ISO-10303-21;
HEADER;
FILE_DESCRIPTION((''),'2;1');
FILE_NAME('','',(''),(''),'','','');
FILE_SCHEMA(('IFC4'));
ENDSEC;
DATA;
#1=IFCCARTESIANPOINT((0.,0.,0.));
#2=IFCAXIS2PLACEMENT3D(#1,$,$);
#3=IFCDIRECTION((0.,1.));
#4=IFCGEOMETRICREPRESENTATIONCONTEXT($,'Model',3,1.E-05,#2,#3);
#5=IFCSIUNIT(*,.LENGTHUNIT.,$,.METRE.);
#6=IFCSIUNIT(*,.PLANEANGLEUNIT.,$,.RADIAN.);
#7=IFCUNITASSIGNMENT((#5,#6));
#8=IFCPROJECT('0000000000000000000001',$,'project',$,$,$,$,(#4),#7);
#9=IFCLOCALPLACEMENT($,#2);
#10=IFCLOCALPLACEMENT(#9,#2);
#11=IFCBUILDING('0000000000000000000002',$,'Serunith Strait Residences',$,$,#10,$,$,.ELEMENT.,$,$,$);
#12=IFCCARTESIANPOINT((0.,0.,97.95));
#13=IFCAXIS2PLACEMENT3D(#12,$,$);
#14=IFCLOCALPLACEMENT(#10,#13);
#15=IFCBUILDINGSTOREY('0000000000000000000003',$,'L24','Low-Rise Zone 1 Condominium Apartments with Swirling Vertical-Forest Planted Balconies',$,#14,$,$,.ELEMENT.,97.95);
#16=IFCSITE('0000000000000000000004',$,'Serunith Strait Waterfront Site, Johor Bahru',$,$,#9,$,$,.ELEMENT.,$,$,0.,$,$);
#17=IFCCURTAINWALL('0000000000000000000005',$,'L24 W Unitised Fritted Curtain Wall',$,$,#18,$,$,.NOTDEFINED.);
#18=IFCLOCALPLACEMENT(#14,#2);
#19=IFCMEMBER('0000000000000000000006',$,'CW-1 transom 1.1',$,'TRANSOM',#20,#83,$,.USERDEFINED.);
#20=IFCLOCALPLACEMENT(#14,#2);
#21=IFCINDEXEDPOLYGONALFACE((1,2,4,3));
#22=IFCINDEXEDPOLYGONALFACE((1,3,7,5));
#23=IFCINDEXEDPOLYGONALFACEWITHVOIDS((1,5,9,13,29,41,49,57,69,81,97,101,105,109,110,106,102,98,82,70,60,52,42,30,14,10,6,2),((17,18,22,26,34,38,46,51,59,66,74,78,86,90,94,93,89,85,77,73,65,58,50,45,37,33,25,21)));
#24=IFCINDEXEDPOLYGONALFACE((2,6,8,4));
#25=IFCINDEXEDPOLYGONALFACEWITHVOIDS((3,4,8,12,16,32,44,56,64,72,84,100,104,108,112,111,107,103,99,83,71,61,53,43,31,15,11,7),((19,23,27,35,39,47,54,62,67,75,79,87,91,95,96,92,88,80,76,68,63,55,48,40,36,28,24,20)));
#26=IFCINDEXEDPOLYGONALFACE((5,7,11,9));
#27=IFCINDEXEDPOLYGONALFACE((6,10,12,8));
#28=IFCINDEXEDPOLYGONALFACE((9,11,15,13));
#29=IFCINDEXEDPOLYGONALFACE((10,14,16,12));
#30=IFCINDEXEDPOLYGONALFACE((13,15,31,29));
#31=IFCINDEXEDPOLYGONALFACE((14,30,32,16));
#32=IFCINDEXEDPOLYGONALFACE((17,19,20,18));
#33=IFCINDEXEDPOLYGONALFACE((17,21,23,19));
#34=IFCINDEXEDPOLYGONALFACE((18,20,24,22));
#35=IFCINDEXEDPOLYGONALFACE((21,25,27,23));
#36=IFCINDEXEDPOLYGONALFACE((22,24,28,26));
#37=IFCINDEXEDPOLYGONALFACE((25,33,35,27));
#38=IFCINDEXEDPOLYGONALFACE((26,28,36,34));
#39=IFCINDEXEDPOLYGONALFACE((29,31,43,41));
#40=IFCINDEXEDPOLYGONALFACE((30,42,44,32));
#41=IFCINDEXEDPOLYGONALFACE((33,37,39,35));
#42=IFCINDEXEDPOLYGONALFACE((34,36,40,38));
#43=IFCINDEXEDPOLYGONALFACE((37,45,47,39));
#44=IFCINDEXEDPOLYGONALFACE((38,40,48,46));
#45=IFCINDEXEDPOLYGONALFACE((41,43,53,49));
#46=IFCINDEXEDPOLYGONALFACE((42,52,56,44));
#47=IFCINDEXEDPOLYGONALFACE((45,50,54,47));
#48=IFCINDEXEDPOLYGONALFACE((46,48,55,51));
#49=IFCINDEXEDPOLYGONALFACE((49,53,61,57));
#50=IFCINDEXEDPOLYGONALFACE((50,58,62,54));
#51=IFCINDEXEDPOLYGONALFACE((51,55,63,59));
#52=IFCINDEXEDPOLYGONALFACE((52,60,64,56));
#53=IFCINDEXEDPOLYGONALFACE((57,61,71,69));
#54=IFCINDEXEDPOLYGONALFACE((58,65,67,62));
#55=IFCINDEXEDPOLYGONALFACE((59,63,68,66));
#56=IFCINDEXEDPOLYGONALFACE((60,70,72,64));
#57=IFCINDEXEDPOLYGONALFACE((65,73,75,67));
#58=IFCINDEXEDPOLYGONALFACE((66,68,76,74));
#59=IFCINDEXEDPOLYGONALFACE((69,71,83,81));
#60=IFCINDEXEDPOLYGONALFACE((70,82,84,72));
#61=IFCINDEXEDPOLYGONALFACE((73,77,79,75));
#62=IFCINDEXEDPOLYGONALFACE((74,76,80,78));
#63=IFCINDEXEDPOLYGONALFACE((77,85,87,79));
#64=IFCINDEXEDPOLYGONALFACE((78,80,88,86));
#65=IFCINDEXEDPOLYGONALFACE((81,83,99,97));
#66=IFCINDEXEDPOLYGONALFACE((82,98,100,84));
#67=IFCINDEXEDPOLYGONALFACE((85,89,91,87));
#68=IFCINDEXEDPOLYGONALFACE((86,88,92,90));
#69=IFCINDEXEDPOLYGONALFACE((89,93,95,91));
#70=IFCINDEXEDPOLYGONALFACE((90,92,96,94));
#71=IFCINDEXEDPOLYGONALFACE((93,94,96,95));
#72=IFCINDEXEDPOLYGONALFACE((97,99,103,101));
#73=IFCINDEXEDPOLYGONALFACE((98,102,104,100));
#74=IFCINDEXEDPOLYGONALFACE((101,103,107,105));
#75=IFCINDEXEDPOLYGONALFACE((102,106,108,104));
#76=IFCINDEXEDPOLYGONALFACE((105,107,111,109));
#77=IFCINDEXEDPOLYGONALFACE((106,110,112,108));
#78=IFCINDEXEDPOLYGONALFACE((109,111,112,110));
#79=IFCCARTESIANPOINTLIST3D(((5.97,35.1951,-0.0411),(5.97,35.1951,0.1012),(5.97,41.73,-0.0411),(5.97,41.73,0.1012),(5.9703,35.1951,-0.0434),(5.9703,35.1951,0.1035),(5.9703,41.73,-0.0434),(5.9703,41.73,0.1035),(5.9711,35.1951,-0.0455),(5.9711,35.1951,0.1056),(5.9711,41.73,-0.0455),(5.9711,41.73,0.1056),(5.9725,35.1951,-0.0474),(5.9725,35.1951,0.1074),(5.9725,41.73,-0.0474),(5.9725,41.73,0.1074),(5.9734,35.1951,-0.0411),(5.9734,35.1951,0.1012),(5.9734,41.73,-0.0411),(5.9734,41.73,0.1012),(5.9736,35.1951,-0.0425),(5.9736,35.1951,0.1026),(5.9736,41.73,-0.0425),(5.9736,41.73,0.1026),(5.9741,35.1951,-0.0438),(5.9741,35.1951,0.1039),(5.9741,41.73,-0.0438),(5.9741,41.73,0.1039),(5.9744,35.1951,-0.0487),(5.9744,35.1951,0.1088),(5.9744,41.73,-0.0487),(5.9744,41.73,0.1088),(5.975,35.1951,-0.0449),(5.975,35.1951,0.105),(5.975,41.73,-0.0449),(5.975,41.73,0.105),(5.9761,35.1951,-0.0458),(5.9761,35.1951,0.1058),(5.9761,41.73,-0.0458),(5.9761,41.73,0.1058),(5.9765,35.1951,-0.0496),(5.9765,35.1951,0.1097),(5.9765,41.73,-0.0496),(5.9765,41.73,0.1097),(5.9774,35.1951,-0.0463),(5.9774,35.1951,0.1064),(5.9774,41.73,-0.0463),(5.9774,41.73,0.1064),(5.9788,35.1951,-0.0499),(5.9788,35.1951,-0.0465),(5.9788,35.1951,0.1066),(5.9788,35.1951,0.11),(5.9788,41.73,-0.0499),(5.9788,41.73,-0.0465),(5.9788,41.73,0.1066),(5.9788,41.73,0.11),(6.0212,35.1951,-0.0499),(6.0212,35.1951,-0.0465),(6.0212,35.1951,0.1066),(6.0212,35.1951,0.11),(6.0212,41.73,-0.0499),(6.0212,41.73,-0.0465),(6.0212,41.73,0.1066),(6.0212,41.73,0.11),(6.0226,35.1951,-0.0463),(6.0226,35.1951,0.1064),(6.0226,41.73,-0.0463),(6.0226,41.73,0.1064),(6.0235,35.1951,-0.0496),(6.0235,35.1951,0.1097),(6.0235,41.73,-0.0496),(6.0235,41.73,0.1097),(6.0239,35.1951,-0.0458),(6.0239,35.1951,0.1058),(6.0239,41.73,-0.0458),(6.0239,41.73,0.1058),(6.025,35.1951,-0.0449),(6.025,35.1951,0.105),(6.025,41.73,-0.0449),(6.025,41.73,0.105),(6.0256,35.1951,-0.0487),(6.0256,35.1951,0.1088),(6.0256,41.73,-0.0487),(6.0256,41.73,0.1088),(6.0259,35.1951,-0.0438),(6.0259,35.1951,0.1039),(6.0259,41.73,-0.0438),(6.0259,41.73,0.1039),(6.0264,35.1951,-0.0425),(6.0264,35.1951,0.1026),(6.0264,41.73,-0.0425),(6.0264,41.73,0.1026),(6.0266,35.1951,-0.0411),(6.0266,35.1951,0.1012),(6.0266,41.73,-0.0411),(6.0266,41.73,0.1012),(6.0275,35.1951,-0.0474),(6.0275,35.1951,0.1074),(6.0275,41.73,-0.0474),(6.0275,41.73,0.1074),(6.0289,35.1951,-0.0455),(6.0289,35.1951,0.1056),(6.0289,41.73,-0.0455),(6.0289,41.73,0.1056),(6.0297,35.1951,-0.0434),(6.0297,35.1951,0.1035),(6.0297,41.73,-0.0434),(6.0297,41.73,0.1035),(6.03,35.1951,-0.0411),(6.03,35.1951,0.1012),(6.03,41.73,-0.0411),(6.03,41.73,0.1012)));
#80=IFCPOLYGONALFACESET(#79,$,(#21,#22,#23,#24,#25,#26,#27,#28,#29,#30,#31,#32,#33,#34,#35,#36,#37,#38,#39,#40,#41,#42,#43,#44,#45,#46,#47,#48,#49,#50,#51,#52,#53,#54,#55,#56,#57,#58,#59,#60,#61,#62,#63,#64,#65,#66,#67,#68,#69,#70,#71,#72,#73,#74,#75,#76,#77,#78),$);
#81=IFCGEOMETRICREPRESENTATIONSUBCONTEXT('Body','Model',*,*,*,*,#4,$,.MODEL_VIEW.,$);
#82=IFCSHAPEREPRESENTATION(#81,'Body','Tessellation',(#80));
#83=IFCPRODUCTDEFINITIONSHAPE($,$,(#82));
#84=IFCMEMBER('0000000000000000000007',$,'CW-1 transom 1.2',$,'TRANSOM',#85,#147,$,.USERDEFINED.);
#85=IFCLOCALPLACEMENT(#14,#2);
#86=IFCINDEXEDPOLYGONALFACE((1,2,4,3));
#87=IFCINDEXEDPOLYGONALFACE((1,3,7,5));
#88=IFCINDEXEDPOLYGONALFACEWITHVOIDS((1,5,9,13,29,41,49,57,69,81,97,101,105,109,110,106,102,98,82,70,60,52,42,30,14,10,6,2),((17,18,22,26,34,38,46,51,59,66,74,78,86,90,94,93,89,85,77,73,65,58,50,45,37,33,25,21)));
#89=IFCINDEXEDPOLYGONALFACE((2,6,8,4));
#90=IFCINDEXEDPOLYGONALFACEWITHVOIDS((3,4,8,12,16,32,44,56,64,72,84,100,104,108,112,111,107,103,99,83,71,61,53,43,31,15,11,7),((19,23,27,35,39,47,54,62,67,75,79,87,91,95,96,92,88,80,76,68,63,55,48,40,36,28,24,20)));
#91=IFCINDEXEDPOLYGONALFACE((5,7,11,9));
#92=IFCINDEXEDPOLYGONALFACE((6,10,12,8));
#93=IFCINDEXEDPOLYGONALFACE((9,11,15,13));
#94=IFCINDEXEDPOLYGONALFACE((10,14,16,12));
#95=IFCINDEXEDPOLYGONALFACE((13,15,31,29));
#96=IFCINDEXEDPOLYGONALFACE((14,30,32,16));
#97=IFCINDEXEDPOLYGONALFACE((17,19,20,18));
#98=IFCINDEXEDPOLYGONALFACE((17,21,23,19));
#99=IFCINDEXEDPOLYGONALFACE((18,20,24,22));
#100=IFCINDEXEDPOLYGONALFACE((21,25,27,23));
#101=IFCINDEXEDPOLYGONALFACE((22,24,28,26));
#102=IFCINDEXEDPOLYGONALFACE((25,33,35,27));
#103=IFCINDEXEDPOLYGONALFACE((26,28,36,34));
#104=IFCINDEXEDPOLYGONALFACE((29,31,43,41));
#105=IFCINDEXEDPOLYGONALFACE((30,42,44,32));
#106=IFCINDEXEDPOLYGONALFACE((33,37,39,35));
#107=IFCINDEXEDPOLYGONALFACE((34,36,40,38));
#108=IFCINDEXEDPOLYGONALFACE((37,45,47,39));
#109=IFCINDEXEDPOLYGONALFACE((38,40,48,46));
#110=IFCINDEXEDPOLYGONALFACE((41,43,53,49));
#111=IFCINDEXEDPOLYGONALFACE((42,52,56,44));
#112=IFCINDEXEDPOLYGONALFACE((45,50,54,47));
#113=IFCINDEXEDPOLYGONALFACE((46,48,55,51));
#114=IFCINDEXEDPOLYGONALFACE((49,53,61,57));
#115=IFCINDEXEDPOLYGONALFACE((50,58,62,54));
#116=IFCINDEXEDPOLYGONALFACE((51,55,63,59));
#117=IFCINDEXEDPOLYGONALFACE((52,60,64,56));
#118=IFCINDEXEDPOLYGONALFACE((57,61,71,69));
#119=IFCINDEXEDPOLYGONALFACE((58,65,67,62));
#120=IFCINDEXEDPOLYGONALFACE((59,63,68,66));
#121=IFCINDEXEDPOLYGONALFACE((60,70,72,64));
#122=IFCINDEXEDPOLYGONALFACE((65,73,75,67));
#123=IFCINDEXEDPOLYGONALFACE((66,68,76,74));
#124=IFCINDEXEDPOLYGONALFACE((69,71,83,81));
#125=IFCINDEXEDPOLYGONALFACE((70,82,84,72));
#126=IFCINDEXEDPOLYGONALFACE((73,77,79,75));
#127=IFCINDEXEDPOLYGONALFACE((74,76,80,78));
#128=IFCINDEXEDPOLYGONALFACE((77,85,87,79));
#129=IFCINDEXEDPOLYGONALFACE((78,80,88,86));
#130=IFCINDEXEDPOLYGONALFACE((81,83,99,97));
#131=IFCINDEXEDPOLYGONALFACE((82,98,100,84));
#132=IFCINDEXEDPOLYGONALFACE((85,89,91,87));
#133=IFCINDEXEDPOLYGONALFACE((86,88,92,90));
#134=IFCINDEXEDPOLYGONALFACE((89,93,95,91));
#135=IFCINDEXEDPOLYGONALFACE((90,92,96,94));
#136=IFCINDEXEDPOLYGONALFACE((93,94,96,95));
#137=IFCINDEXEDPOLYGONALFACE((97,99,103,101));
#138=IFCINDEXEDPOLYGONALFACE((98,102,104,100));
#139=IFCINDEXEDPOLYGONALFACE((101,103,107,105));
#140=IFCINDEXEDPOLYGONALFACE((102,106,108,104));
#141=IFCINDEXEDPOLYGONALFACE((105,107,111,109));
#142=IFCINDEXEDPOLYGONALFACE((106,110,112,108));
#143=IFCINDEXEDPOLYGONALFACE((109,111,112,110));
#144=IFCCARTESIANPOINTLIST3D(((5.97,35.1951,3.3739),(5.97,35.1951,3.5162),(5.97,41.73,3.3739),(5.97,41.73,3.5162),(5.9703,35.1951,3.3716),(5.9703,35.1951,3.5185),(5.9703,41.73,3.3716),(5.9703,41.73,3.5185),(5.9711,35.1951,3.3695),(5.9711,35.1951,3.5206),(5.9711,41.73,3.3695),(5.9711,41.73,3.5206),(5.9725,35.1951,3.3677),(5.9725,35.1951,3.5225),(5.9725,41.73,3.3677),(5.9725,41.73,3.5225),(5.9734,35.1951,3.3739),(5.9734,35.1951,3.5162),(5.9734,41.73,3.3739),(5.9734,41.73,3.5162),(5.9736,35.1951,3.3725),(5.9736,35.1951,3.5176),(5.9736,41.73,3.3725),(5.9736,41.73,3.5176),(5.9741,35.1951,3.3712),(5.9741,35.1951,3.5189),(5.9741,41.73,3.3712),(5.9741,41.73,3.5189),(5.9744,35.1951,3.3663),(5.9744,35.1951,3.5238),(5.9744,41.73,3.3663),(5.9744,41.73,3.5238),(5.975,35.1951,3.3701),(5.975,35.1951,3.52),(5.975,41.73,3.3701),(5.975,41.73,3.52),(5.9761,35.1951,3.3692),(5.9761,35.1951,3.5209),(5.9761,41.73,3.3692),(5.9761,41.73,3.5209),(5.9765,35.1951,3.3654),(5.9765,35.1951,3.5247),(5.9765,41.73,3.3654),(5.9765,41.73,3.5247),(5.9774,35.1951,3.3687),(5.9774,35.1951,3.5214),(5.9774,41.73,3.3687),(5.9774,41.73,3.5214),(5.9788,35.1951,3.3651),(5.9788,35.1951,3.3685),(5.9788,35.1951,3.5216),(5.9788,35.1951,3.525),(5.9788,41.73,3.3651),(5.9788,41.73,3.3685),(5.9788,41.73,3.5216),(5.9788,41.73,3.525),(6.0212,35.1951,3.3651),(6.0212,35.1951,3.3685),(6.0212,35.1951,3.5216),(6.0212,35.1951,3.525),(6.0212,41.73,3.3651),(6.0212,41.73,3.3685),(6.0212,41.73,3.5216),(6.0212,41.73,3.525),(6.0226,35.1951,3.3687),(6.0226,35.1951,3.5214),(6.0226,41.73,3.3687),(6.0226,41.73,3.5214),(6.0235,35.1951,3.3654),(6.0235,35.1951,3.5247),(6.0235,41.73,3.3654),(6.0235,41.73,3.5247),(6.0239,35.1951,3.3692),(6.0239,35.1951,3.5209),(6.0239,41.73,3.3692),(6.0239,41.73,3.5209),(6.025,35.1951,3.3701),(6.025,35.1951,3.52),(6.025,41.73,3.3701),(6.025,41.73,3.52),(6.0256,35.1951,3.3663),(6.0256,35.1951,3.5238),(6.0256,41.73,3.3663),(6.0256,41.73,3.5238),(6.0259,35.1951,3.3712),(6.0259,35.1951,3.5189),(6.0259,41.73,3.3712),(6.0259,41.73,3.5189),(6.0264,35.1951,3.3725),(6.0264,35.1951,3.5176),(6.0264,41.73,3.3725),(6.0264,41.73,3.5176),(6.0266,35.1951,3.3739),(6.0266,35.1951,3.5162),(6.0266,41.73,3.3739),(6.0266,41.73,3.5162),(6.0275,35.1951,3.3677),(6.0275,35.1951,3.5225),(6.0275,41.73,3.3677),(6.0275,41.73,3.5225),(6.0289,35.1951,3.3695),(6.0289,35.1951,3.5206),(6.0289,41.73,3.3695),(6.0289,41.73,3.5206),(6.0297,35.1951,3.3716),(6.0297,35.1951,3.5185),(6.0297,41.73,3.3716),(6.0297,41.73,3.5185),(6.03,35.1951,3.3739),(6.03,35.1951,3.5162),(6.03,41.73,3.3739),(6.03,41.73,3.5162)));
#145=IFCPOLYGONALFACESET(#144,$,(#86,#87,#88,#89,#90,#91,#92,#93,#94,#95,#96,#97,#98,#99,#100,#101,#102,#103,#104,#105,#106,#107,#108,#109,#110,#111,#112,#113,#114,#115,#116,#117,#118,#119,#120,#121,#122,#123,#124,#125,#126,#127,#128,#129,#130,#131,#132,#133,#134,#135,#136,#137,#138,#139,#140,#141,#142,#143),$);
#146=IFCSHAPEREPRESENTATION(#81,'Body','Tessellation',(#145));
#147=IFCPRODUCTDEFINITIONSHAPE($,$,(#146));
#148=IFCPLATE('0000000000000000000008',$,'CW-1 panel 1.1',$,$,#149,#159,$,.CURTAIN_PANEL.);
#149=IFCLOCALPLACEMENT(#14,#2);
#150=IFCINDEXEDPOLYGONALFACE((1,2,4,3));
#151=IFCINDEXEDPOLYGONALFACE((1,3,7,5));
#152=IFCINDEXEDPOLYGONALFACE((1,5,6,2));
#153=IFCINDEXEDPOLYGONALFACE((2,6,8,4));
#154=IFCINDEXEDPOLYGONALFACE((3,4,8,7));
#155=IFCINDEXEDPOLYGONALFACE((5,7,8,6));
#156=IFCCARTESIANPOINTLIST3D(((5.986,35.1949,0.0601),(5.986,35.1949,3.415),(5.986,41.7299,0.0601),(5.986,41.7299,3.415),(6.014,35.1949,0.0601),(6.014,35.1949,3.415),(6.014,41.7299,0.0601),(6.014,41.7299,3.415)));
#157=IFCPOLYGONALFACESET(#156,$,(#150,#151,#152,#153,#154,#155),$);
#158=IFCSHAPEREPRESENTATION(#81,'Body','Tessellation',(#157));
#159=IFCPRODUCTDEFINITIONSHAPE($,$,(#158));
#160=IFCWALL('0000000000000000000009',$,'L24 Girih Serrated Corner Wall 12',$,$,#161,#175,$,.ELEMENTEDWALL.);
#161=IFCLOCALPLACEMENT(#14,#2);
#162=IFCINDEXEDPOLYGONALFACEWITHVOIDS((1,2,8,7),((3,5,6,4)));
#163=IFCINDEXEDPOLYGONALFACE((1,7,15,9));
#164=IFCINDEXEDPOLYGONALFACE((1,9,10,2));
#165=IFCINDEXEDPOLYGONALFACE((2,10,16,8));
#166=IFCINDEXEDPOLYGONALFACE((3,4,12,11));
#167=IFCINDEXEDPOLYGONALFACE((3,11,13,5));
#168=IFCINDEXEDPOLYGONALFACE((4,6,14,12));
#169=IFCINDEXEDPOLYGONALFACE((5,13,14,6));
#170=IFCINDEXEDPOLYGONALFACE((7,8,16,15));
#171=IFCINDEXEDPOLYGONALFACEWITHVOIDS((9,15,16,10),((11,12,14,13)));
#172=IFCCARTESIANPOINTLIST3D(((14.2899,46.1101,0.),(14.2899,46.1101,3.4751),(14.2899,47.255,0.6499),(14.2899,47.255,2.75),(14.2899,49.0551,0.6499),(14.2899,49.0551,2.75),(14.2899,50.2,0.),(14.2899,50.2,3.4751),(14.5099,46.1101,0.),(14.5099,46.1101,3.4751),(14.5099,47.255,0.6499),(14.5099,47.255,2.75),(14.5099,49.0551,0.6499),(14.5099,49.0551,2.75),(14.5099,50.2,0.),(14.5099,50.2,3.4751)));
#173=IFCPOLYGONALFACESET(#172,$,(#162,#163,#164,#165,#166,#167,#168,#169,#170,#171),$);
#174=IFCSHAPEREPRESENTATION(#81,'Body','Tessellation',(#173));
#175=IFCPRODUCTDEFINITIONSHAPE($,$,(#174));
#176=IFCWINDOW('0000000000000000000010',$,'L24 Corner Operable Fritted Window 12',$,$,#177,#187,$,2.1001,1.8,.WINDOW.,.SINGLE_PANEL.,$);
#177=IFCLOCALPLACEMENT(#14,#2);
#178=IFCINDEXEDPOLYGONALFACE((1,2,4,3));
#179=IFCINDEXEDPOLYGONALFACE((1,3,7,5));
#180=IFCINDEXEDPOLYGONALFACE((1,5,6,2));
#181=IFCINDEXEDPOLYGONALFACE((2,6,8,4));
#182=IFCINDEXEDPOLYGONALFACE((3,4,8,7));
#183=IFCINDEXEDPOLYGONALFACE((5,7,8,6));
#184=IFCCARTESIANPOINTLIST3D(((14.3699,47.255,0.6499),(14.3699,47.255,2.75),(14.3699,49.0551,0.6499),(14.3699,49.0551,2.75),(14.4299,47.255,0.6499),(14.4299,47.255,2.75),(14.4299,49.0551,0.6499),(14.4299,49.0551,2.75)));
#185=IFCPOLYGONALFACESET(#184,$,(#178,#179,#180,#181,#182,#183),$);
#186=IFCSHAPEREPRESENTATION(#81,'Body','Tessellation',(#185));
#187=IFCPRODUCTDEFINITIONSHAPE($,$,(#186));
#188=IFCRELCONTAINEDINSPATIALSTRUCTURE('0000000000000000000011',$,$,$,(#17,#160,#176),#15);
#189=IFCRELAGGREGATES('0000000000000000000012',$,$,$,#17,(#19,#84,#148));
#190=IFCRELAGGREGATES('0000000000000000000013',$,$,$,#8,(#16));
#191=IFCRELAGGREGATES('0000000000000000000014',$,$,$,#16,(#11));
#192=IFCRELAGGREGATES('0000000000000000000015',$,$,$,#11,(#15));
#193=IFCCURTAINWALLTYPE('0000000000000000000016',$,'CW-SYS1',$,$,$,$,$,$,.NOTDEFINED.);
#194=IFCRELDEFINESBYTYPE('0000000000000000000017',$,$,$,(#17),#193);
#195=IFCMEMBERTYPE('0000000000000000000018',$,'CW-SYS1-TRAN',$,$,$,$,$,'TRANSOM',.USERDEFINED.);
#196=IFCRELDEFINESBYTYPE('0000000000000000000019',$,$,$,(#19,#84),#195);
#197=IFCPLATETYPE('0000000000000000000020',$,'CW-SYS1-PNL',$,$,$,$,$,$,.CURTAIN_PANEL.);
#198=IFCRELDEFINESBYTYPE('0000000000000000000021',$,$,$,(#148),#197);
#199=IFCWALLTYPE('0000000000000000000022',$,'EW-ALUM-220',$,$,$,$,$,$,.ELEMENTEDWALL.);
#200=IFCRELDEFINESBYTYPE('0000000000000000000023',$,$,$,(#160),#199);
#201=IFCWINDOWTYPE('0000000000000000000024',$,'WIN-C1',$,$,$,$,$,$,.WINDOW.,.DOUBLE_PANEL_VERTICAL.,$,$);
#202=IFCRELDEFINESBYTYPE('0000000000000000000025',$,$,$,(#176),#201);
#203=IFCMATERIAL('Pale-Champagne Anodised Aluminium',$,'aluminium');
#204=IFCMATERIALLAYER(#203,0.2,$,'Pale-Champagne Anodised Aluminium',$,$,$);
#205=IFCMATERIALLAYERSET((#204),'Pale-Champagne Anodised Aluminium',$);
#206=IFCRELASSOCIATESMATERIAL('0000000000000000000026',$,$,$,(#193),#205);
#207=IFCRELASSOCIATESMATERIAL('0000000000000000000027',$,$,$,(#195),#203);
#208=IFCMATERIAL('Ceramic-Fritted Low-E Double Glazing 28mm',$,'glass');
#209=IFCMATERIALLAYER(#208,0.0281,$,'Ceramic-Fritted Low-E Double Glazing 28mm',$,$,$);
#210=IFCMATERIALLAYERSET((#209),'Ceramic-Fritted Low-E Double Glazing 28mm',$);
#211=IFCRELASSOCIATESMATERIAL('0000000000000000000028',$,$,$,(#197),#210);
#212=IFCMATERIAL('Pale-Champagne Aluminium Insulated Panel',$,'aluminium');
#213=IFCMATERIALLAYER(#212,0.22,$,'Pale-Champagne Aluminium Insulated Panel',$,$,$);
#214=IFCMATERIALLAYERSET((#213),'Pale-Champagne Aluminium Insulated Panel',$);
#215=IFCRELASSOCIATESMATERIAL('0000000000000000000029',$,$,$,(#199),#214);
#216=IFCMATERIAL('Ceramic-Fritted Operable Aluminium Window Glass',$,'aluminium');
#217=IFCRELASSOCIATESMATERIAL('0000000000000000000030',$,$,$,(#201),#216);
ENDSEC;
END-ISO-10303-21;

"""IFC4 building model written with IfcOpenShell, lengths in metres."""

from ifc_helpers import new_model, si_unit, direction, frame, frame_2d, origin, origin_2d, place, context, subcontext, project, spatial, rectangle, hollow_rectangle, extrude, source, transform, mapped, material, layer, layer_set, material_profile, profile_set, type_object, element, fill, aggregate, save


model = new_model("IFC4")

# Units and contexts
model_context = context("Model", 3, precision=1e-05, world=origin(), true_north=direction((0.0, 1.0)))
body_context = subcontext(model_context, "Body", "Model", "MODEL_VIEW")
ifc_project = project(units=[si_unit("LENGTHUNIT", "METRE"), si_unit("PLANEANGLEUNIT", "RADIAN")], contexts=[model_context])

# Site, building, storey
site_placement = place(None, origin())
site = spatial("IfcSite", under=ifc_project, at=site_placement, Name="Serunith Strait Waterfront Site, Johor Bahru", CompositionType="ELEMENT", RefElevation=0.0)
building_placement = place(site_placement, origin())
building = spatial("IfcBuilding", under=site, at=building_placement, Name="Serunith Strait Residences", CompositionType="ELEMENT")
storey_placement = place(building_placement, frame((0.0, 0.0, 97.95)))
storey = spatial("IfcBuildingStorey", under=building, at=storey_placement, Name="L24", Description="Low-Rise Zone 1 Condominium Apartments with Swirling Vertical-Forest Planted Balconies", CompositionType="ELEMENT", Elevation=97.95)

# Shared definitions
ifc_material_1 = material(Name="Pale-Champagne Anodised Aluminium", Category="aluminium")
ifc_layer_1 = layer(ifc_material_1, 0.2, Name="Pale-Champagne Anodised Aluminium")
ifc_layer_set_1 = layer_set([ifc_layer_1], Name="Pale-Champagne Anodised Aluminium")
curtain_wall_type = type_object("IfcCurtainWallType", Name="CW-SYS1", PredefinedType="NOTDEFINED", material=ifc_layer_set_1)

# Curtain wall, members, plate
curtain_wall_1_placement = place(storey_placement, origin())
curtain_wall_1 = element("IfcCurtainWall", 1, at=curtain_wall_1_placement, inside=storey, type_object=curtain_wall_type, Name="L24 W Unitised Fritted Curtain Wall", PredefinedType="NOTDEFINED")
ifc_material_profile_1 = material_profile(ifc_material_1, hollow_rectangle(XDim=0.0601, YDim=0.1599, WallThickness=0.0034, InnerFilletRadius=0.0054, OuterFilletRadius=0.0088, at=origin_2d()), Name="ALU 160x60x3.5")
ifc_profile_set_1 = profile_set([ifc_material_profile_1], Name="Pale-Champagne Anodised Aluminium")
member_type_1 = type_object("IfcMemberType", Name="CW-SYS1-TRAN", ElementType="TRANSOM", PredefinedType="USERDEFINED", material=ifc_profile_set_1)
shared_shape_1 = source(origin(), body_context, "Body", "SweptSolid", [
    extrude(hollow_rectangle(XDim=0.0601, YDim=0.1599, WallThickness=0.0034, InnerFilletRadius=0.0054, OuterFilletRadius=0.0088, at=origin_2d()), origin(), (0.0, 0.0, 1.0), 6.5349),
])
member_1_placement = place(storey_placement, frame((6.0, 41.73, 0.03), z_axis=(0.0, -1.0, 0.0), x_axis=(1.0, 0.0, 0.0)))
member_1 = element("IfcMember", 2, at=member_1_placement, type_object=member_type_1, Name="CW-1 transom 1.1", ObjectType="TRANSOM", PredefinedType="USERDEFINED", context=body_context, shape_type="MappedRepresentation", body=[
    mapped(shared_shape_1, transform((0.0, 0.0, 0.0), scale=1.0)),
])
member_2_placement = place(storey_placement, frame((6.0, 41.73, 3.4451), z_axis=(0.0, -1.0, 0.0), x_axis=(1.0, 0.0, 0.0)))
member_2 = element("IfcMember", 3, at=member_2_placement, type_object=member_type_1, Name="CW-1 transom 1.2", ObjectType="TRANSOM", PredefinedType="USERDEFINED", context=body_context, shape_type="MappedRepresentation", body=[
    mapped(shared_shape_1, transform((0.0, 0.0, 0.0), scale=1.0)),
])
ifc_material_2 = material(Name="Ceramic-Fritted Low-E Double Glazing 28mm", Category="glass")
ifc_layer_2 = layer(ifc_material_2, 0.0281, Name="Ceramic-Fritted Low-E Double Glazing 28mm")
ifc_layer_set_2 = layer_set([ifc_layer_2], Name="Ceramic-Fritted Low-E Double Glazing 28mm")
plate_type = type_object("IfcPlateType", Name="CW-SYS1-PNL", PredefinedType="CURTAIN_PANEL", material=ifc_layer_set_2)
shared_shape_2 = source(origin(), body_context, "Body", "SweptSolid", [
    extrude(rectangle(XDim=6.5349, YDim=0.0281, at=origin_2d()), origin(), (0.0, 0.0, 1.0), 3.355),
])
plate_placement = place(storey_placement, frame((6.0, 38.4624, 0.0601), z_axis=(0.0, 0.0, 1.0), x_axis=(0.0, -1.0, 0.0)))
plate = element("IfcPlate", 4, at=plate_placement, type_object=plate_type, Name="CW-1 panel 1.1", PredefinedType="CURTAIN_PANEL", context=body_context, shape_type="MappedRepresentation", body=[
    mapped(shared_shape_2, transform((0.0, 0.0, 0.0), scale=1.0)),
])
aggregate(curtain_wall_1, [member_1, member_2, plate])

# Wall, opening, window
ifc_material_3 = material(Name="Pale-Champagne Aluminium Insulated Panel", Category="aluminium")
ifc_layer_3 = layer(ifc_material_3, 0.22, Name="Pale-Champagne Aluminium Insulated Panel")
ifc_layer_set_3 = layer_set([ifc_layer_3], Name="Pale-Champagne Aluminium Insulated Panel")
wall_type_1 = type_object("IfcWallType", Name="EW-ALUM-220", PredefinedType="ELEMENTEDWALL", material=ifc_layer_set_3)
wall_1_placement = place(storey_placement, frame((14.3999, 50.2, 0.0), z_axis=(0.0, 0.0, 1.0), x_axis=(0.0, -1.0, 0.0)))
wall_1 = element("IfcWall", 5, at=wall_1_placement, inside=storey, type_object=wall_type_1, Name="L24 Girih Serrated Corner Wall 12", PredefinedType="ELEMENTEDWALL", context=body_context, shape_type="SweptSolid", body=[
    extrude(rectangle(XDim=4.0898, YDim=0.22, at=frame_2d((2.0449, 0.0))), origin(), (0.0, 0.0, 1.0), 3.4751),
])
opening_1_placement = place(wall_1_placement, frame((1.145, 0.0, 0.6499)))
opening_1 = element("IfcOpeningElement", 6, at=opening_1_placement, cuts=wall_1, PredefinedType="OPENING", context=body_context, shape_type="SweptSolid", body=[
    extrude(rectangle(XDim=1.8, YDim=2.1001, at=frame_2d((0.8999, 1.05))), frame((0.0, 0.1201, 0.0), z_axis=(0.0, -1.0, 0.0), x_axis=(1.0, 0.0, 0.0)), (0.0, 0.0, 1.0), 0.24),
])
ifc_material_4 = material(Name="Ceramic-Fritted Operable Aluminium Window Glass", Category="aluminium")
window_type = type_object("IfcWindowType", Name="WIN-C1", PartitioningType="DOUBLE_PANEL_VERTICAL", PredefinedType="WINDOW", material=ifc_material_4)
shared_shape_3 = source(origin(), body_context, "Body", "SweptSolid", [
    extrude(rectangle(XDim=1.8, YDim=2.1001, at=frame_2d((0.8999, 1.05))), frame((0.0, 0.03, 0.0), z_axis=(0.0, -1.0, 0.0), x_axis=(1.0, 0.0, 0.0)), (0.0, 0.0, 1.0), 0.0601),
])
window_1_placement = place(opening_1_placement, origin())
window_1 = element("IfcWindow", 7, at=window_1_placement, inside=storey, type_object=window_type, Name="L24 Corner Operable Fritted Window 12", OverallHeight=2.1001, OverallWidth=1.8, PartitioningType="SINGLE_PANEL", PredefinedType="WINDOW", context=body_context, shape_type="MappedRepresentation", body=[
    mapped(shared_shape_3, transform((0.0, 0.0, 0.0), scale=1.0)),
])
fill(opening_1, window_1)

save(model, "model.ifc")
